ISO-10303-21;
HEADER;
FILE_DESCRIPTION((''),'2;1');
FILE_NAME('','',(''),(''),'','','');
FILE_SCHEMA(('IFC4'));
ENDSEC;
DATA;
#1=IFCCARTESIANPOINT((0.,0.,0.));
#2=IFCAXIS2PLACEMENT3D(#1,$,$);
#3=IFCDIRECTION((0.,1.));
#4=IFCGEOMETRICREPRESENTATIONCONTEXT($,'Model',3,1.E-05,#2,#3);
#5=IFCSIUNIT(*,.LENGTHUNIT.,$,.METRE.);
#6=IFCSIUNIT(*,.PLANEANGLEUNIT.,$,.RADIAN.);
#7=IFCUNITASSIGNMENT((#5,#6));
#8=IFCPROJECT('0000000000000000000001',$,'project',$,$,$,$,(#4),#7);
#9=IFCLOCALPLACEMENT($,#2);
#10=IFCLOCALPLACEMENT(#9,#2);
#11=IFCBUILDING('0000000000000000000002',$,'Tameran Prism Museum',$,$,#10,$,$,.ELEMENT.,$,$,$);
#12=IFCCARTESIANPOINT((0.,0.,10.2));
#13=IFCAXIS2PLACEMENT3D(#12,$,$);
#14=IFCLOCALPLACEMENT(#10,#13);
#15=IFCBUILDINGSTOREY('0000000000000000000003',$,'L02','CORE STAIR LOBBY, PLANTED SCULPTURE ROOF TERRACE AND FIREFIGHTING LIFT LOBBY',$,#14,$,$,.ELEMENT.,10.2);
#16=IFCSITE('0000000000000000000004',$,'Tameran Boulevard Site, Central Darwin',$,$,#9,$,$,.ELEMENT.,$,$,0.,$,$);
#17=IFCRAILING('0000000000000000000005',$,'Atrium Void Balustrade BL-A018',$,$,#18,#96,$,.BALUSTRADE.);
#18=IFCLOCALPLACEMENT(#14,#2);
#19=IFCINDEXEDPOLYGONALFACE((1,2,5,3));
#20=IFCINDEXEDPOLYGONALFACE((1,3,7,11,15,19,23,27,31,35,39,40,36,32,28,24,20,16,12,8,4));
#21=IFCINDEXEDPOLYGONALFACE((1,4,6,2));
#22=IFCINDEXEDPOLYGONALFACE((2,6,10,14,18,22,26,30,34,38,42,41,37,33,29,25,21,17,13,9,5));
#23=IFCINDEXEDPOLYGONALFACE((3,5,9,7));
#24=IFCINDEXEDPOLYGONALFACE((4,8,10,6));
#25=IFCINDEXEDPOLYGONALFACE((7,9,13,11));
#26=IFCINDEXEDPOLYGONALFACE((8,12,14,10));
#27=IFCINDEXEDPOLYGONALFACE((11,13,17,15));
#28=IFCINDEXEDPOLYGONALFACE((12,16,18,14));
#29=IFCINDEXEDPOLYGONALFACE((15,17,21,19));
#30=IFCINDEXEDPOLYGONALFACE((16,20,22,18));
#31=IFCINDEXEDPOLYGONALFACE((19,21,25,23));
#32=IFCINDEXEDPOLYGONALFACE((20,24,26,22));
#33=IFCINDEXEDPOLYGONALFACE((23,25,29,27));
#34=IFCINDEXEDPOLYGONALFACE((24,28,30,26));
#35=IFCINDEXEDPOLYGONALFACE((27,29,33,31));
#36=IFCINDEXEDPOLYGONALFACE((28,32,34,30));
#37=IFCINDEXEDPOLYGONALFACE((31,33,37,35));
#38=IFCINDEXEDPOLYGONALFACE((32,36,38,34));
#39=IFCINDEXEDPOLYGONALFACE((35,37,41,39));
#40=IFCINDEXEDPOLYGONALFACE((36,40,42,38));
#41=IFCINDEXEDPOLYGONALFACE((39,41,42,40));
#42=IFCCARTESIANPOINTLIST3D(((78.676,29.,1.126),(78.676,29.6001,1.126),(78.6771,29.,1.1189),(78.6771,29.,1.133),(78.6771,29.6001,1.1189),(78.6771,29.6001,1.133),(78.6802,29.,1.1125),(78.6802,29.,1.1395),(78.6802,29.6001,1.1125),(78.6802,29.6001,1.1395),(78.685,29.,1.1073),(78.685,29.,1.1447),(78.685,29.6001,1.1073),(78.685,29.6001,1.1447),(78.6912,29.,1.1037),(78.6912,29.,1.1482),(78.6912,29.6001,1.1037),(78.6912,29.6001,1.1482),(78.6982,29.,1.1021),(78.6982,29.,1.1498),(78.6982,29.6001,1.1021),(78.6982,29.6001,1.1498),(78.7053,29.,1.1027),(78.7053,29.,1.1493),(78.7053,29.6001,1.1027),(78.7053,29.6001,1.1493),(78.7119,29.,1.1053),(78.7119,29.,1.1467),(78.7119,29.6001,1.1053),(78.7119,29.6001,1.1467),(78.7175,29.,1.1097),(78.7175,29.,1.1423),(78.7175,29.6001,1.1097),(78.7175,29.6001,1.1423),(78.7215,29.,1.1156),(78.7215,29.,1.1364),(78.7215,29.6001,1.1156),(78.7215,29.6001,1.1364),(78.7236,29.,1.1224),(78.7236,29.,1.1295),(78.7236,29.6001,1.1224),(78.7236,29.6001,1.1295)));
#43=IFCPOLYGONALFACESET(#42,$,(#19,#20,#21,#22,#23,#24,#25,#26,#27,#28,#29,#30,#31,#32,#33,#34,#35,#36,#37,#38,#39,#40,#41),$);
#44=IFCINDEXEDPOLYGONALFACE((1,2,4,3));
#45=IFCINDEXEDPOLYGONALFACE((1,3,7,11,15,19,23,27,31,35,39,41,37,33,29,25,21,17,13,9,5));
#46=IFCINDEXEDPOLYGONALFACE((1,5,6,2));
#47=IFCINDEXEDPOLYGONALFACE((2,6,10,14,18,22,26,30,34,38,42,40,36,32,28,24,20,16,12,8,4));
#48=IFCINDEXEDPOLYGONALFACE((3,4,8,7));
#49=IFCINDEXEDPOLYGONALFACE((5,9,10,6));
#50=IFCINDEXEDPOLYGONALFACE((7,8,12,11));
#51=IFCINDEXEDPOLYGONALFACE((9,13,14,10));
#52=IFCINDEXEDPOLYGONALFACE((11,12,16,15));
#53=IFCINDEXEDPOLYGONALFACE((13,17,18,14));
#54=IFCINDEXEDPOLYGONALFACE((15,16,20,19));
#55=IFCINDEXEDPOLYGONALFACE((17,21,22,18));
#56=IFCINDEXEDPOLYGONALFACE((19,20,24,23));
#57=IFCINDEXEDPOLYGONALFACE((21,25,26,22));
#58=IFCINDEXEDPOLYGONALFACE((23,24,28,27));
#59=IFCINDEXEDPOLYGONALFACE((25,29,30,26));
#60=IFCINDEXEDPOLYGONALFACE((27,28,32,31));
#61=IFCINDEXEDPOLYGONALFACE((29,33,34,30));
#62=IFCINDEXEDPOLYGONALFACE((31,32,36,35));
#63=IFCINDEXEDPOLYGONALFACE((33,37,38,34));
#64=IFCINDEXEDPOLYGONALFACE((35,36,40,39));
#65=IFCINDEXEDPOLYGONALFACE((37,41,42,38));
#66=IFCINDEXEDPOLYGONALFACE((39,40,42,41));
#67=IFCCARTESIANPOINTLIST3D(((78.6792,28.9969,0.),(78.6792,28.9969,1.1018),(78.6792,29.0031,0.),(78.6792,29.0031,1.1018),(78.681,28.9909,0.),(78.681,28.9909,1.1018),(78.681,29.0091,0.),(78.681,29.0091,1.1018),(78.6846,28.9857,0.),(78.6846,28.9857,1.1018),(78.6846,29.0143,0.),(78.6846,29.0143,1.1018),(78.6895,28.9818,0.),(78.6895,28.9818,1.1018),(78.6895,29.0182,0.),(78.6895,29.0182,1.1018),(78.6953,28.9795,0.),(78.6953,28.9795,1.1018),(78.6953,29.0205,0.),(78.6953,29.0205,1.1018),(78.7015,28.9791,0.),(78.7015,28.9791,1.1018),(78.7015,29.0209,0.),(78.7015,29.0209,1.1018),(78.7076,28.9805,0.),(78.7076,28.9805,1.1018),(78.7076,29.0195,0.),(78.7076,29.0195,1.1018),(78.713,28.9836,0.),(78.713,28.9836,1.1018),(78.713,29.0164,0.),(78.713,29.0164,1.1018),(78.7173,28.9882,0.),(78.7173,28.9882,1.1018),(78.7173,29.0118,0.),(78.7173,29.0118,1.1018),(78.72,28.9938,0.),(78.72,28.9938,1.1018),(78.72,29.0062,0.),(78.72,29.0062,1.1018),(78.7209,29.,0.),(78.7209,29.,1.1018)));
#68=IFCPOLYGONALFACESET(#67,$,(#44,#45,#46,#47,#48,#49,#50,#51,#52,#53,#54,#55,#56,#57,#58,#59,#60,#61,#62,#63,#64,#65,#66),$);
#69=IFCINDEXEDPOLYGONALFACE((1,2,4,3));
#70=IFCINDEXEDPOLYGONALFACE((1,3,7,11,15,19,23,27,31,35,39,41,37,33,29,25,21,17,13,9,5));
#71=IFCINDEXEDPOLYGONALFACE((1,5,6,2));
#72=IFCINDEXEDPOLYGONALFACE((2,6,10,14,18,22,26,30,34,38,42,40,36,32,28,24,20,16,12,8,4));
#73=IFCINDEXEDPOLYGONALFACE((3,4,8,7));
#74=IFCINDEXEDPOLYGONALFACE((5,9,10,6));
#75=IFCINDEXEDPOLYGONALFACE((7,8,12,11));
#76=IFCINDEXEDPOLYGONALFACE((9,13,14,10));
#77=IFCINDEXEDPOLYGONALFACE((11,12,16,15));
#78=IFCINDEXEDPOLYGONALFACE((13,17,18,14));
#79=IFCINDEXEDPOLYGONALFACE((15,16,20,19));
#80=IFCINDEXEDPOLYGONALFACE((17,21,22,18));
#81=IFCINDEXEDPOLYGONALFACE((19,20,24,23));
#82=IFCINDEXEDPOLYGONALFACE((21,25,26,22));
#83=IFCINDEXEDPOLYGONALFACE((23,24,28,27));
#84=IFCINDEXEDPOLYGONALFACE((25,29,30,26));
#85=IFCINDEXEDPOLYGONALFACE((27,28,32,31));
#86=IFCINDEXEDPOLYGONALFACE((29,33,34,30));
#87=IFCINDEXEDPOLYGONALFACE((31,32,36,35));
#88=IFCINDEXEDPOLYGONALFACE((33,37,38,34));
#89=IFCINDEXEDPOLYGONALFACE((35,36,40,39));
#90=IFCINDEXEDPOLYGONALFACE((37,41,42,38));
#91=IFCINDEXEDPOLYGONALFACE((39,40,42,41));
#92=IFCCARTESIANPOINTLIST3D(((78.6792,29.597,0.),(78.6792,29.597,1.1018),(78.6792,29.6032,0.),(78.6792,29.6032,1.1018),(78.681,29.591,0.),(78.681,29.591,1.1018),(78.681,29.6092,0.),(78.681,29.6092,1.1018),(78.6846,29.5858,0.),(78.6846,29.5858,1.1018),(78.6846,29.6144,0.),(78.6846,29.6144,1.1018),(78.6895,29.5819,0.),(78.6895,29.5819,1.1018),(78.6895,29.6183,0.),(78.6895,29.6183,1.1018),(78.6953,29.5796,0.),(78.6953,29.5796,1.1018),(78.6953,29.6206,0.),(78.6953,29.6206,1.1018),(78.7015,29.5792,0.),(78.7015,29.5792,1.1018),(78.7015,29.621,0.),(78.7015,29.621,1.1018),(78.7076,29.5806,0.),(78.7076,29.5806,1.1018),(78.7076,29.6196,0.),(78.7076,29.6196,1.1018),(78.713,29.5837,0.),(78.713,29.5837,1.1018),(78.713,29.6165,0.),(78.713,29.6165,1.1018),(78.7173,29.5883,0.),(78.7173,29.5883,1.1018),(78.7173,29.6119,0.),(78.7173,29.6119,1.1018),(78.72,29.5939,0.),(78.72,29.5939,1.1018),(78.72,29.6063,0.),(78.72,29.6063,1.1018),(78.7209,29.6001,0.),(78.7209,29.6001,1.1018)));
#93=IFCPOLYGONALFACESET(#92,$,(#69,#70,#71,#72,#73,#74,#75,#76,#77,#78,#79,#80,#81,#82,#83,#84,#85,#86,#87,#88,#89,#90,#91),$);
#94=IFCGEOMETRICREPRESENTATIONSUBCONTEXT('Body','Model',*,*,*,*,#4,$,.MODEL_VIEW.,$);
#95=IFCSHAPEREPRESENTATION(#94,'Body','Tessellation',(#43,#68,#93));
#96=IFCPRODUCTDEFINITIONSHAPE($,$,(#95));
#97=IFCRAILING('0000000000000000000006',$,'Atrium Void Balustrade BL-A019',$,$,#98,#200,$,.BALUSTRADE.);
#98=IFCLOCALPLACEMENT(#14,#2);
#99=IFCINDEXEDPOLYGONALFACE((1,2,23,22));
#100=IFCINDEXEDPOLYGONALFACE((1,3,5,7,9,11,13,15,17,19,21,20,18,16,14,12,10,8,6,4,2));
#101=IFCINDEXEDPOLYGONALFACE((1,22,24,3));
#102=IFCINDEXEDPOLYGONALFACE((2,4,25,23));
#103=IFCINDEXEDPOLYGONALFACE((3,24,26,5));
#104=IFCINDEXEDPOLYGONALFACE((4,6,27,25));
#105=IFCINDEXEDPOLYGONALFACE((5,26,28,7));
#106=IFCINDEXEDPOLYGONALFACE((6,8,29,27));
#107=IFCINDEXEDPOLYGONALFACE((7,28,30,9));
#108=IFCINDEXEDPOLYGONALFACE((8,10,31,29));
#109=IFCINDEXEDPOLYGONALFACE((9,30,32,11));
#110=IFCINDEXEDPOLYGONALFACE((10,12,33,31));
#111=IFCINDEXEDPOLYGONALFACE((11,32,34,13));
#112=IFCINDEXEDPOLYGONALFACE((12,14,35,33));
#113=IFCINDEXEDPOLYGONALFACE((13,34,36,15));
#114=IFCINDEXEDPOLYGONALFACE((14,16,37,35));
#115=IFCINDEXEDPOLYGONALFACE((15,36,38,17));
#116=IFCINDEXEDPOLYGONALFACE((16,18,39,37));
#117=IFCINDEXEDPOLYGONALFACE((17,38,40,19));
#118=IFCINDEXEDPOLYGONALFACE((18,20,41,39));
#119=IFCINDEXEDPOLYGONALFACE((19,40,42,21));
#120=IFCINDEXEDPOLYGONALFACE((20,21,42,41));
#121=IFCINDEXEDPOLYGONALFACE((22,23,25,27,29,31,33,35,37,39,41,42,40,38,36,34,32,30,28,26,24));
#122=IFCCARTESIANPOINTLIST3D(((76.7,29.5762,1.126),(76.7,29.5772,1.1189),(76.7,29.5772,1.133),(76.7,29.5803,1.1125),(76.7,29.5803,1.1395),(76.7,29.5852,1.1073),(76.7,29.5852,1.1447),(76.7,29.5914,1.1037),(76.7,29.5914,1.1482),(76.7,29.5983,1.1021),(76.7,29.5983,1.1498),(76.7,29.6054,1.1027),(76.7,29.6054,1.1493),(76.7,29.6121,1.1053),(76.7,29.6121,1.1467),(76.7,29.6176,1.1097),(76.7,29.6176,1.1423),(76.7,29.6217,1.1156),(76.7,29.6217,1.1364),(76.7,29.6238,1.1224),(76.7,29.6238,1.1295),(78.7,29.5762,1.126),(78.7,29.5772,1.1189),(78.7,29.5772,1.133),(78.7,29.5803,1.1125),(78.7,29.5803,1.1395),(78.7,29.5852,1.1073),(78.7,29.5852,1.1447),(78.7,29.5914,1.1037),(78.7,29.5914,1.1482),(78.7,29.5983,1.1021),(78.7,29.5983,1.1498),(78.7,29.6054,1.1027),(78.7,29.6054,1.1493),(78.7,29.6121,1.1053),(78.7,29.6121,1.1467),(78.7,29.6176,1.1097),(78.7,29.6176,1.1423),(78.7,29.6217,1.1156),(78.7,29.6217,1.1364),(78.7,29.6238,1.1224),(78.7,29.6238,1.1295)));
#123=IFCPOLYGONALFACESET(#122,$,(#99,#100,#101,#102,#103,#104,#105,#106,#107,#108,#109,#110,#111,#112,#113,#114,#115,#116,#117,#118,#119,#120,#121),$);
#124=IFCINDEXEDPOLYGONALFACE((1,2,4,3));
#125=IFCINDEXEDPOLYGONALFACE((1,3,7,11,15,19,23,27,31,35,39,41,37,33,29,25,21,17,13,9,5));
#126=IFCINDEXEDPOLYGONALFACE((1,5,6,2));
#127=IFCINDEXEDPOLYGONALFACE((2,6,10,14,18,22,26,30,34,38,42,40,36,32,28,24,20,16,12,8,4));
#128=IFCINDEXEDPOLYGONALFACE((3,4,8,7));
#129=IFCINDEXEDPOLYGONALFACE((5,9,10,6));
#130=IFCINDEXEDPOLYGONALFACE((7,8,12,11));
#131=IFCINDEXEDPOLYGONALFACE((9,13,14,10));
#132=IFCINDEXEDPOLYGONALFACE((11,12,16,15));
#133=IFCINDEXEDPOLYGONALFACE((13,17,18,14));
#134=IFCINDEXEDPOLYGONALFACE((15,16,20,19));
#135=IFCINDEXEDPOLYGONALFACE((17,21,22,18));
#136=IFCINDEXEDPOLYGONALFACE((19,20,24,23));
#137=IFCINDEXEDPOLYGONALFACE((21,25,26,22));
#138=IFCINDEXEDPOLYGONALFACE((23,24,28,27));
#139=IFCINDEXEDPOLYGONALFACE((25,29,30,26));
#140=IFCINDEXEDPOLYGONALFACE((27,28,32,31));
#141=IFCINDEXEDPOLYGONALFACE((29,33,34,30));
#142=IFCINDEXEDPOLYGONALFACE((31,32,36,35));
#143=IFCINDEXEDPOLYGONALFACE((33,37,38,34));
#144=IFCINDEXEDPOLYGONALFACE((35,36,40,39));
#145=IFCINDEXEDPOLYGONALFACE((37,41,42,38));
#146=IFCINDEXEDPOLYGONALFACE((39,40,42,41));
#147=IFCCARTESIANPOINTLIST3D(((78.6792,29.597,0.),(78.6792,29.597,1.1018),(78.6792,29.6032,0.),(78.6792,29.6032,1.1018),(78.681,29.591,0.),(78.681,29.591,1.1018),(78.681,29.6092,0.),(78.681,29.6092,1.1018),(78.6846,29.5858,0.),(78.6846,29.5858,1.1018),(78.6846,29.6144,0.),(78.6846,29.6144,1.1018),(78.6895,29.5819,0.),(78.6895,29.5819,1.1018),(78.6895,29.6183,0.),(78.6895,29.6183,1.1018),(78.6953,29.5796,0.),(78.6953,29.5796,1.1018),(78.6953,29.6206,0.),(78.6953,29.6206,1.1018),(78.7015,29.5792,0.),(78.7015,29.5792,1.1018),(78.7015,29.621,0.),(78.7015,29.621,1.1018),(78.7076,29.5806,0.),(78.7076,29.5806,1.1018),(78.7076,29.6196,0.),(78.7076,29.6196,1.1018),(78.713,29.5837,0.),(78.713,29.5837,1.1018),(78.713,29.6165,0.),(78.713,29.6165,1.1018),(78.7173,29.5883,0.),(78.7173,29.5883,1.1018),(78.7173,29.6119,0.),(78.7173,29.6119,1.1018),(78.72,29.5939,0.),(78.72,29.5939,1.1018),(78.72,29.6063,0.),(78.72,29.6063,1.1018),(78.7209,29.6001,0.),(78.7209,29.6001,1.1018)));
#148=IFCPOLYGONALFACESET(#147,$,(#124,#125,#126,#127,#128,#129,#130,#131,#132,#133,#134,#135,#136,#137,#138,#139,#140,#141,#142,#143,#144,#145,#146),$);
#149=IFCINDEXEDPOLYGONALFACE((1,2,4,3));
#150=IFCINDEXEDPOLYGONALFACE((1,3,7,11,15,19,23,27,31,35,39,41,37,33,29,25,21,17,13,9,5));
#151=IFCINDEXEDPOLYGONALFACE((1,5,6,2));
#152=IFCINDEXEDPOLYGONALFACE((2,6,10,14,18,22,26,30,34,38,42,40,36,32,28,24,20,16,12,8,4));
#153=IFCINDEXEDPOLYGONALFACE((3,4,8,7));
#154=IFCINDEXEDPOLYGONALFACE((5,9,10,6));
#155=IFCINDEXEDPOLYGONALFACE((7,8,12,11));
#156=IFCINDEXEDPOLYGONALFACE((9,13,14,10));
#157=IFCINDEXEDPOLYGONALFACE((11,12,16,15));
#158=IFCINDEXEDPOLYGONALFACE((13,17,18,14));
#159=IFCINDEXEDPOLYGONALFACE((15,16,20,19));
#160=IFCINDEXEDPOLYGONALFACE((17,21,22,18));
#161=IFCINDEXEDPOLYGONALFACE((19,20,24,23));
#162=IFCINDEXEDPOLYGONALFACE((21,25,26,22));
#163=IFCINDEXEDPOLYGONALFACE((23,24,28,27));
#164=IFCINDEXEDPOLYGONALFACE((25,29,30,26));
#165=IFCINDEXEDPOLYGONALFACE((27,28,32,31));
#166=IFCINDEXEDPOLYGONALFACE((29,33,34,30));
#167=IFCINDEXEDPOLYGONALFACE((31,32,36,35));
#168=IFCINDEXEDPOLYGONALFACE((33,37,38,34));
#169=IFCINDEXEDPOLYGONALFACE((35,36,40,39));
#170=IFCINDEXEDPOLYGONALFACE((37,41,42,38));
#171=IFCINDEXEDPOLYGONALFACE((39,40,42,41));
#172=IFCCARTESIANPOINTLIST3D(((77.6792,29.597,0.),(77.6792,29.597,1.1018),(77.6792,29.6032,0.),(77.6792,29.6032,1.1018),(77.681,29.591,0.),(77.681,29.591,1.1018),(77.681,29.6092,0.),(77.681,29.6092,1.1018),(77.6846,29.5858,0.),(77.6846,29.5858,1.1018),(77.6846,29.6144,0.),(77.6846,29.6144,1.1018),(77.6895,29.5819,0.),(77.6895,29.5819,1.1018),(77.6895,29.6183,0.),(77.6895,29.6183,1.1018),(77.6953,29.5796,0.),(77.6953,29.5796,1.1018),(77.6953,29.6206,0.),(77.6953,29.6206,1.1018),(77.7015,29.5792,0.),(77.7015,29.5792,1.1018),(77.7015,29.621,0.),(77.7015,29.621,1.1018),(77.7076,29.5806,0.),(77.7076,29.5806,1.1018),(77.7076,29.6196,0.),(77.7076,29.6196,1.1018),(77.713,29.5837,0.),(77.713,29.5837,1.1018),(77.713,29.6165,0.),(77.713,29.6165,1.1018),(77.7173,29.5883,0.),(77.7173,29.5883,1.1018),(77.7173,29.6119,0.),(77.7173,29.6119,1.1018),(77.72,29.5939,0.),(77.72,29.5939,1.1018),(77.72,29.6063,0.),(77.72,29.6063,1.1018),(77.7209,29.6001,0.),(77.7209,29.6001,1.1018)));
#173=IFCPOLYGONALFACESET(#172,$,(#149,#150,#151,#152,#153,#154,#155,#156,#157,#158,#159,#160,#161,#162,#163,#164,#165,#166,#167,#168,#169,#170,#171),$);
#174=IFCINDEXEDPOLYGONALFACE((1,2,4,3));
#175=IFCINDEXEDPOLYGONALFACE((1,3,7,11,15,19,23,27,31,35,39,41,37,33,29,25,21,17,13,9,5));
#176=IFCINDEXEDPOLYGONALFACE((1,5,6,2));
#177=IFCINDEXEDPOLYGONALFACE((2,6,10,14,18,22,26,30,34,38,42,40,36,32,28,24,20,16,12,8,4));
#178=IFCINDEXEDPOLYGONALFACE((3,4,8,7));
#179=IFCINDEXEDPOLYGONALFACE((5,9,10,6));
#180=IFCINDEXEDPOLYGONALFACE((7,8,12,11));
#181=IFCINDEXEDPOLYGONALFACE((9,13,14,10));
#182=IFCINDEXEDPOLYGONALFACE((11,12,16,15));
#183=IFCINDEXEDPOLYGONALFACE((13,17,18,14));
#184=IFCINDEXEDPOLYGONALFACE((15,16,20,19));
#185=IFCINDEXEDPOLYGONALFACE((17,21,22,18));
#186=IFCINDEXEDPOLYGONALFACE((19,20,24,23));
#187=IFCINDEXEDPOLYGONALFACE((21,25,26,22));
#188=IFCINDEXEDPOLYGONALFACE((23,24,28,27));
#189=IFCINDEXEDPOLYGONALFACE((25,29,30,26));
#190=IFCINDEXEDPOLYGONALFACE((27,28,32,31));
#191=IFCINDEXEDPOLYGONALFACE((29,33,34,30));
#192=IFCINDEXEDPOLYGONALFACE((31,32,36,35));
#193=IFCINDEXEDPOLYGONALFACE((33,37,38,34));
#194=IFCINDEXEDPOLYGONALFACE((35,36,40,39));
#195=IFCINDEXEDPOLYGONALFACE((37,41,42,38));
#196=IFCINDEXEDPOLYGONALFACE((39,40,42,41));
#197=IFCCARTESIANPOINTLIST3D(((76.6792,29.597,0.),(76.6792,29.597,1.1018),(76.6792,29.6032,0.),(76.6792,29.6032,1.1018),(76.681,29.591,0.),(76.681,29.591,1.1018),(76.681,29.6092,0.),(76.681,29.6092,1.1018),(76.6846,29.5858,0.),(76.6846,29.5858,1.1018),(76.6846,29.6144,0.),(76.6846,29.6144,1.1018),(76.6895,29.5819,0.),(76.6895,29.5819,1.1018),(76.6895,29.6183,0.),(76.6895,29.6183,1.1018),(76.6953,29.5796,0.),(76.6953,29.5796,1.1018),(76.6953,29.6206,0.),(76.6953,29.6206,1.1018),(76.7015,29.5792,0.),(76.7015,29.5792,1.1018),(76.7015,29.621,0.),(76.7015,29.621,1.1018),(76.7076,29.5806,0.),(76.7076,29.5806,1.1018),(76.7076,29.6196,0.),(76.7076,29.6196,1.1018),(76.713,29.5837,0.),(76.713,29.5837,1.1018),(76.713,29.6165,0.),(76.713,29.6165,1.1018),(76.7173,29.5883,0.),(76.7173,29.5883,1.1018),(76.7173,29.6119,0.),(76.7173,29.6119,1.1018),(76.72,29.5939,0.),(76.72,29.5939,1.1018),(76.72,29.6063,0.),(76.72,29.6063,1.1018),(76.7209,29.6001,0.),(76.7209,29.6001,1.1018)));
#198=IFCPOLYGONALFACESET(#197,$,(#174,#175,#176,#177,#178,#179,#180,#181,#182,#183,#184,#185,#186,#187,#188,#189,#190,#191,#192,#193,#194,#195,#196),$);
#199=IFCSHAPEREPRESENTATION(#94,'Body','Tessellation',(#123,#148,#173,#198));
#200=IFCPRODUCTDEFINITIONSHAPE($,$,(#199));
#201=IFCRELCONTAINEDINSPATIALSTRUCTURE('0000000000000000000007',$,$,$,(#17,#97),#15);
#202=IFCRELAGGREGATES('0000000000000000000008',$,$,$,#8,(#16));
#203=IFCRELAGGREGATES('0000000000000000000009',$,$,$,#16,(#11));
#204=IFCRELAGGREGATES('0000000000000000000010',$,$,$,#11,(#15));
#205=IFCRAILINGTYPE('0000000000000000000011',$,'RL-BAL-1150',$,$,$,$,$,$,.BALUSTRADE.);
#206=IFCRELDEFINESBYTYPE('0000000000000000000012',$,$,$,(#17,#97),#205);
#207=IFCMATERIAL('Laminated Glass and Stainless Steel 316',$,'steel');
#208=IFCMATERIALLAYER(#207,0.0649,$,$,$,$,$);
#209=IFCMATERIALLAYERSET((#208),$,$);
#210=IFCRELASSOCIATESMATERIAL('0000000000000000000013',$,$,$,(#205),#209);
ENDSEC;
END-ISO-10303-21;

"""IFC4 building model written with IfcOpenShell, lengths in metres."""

from ifc_helpers import new_model, si_unit, direction, frame, origin, origin_2d, place, context, subcontext, project, spatial, circle, extrude, material, layer, layer_set, type_object, element, save


model = new_model("IFC4")

# Units and contexts
model_context = context("Model", 3, precision=1e-05, world=origin(), true_north=direction((0.0, 1.0)))
body_context = subcontext(model_context, "Body", "Model", "MODEL_VIEW")
ifc_project = project(units=[si_unit("LENGTHUNIT", "METRE"), si_unit("PLANEANGLEUNIT", "RADIAN")], contexts=[model_context])

# Site, building, storey
site_placement = place(None, origin())
site = spatial("IfcSite", under=ifc_project, at=site_placement, Name="Tameran Boulevard Site, Central Darwin", CompositionType="ELEMENT", RefElevation=0.0)
building_placement = place(site_placement, origin())
building = spatial("IfcBuilding", under=site, at=building_placement, Name="Tameran Prism Museum", CompositionType="ELEMENT")
storey_placement = place(building_placement, frame((0.0, 0.0, 10.2)))
storey = spatial("IfcBuildingStorey", under=building, at=storey_placement, Name="L02", Description="CORE STAIR LOBBY, PLANTED SCULPTURE ROOF TERRACE AND FIREFIGHTING LIFT LOBBY", CompositionType="ELEMENT", Elevation=10.2)

# Railings
ifc_material_1 = material(Name="Laminated Glass and Stainless Steel 316", Category="steel")
ifc_layer_1 = layer(ifc_material_1, 0.0649)
ifc_layer_set_1 = layer_set([ifc_layer_1])
railing_type = type_object("IfcRailingType", Name="RL-BAL-1150", PredefinedType="BALUSTRADE", material=ifc_layer_set_1)
railing_1_placement = place(storey_placement, frame((78.7, 29.0, 0.0)))
element("IfcRailing", 1, at=railing_1_placement, inside=storey, type_object=railing_type, Name="Atrium Void Balustrade BL-A018", PredefinedType="BALUSTRADE", context=body_context, shape_type="SweptSolid", body=[
    extrude(circle(Radius=0.0239, at=origin_2d()), frame((0.0, 0.0, 1.126), z_axis=(0.0, 1.0, 0.0), x_axis=(-1.0, 0.0, 0.0)), (0.0, 0.0, 1.0), 0.6001),
    extrude(circle(Radius=0.021, at=origin_2d()), origin(), (0.0, 0.0, 1.0), 1.1018),
    extrude(circle(Radius=0.021, at=origin_2d()), frame((0.0, 0.6001, 0.0)), (0.0, 0.0, 1.0), 1.1018),
])
railing_2_placement = place(storey_placement, frame((78.7, 29.6001, 0.0)))
element("IfcRailing", 2, at=railing_2_placement, inside=storey, type_object=railing_type, Name="Atrium Void Balustrade BL-A019", PredefinedType="BALUSTRADE", context=body_context, shape_type="SweptSolid", body=[
    extrude(circle(Radius=0.0239, at=origin_2d()), frame((0.0, 0.0, 1.126), z_axis=(-1.0, 0.0, 0.0), x_axis=(0.0, -1.0, 0.0)), (0.0, 0.0, 1.0), 2.0),
    extrude(circle(Radius=0.021, at=origin_2d()), origin(), (0.0, 0.0, 1.0), 1.1018),
    extrude(circle(Radius=0.021, at=origin_2d()), frame((-1.0, 0.0, 0.0)), (0.0, 0.0, 1.0), 1.1018),
    extrude(circle(Radius=0.021, at=origin_2d()), frame((-2.0, 0.0, 0.0)), (0.0, 0.0, 1.0), 1.1018),
])

save(model, "model.ifc")
